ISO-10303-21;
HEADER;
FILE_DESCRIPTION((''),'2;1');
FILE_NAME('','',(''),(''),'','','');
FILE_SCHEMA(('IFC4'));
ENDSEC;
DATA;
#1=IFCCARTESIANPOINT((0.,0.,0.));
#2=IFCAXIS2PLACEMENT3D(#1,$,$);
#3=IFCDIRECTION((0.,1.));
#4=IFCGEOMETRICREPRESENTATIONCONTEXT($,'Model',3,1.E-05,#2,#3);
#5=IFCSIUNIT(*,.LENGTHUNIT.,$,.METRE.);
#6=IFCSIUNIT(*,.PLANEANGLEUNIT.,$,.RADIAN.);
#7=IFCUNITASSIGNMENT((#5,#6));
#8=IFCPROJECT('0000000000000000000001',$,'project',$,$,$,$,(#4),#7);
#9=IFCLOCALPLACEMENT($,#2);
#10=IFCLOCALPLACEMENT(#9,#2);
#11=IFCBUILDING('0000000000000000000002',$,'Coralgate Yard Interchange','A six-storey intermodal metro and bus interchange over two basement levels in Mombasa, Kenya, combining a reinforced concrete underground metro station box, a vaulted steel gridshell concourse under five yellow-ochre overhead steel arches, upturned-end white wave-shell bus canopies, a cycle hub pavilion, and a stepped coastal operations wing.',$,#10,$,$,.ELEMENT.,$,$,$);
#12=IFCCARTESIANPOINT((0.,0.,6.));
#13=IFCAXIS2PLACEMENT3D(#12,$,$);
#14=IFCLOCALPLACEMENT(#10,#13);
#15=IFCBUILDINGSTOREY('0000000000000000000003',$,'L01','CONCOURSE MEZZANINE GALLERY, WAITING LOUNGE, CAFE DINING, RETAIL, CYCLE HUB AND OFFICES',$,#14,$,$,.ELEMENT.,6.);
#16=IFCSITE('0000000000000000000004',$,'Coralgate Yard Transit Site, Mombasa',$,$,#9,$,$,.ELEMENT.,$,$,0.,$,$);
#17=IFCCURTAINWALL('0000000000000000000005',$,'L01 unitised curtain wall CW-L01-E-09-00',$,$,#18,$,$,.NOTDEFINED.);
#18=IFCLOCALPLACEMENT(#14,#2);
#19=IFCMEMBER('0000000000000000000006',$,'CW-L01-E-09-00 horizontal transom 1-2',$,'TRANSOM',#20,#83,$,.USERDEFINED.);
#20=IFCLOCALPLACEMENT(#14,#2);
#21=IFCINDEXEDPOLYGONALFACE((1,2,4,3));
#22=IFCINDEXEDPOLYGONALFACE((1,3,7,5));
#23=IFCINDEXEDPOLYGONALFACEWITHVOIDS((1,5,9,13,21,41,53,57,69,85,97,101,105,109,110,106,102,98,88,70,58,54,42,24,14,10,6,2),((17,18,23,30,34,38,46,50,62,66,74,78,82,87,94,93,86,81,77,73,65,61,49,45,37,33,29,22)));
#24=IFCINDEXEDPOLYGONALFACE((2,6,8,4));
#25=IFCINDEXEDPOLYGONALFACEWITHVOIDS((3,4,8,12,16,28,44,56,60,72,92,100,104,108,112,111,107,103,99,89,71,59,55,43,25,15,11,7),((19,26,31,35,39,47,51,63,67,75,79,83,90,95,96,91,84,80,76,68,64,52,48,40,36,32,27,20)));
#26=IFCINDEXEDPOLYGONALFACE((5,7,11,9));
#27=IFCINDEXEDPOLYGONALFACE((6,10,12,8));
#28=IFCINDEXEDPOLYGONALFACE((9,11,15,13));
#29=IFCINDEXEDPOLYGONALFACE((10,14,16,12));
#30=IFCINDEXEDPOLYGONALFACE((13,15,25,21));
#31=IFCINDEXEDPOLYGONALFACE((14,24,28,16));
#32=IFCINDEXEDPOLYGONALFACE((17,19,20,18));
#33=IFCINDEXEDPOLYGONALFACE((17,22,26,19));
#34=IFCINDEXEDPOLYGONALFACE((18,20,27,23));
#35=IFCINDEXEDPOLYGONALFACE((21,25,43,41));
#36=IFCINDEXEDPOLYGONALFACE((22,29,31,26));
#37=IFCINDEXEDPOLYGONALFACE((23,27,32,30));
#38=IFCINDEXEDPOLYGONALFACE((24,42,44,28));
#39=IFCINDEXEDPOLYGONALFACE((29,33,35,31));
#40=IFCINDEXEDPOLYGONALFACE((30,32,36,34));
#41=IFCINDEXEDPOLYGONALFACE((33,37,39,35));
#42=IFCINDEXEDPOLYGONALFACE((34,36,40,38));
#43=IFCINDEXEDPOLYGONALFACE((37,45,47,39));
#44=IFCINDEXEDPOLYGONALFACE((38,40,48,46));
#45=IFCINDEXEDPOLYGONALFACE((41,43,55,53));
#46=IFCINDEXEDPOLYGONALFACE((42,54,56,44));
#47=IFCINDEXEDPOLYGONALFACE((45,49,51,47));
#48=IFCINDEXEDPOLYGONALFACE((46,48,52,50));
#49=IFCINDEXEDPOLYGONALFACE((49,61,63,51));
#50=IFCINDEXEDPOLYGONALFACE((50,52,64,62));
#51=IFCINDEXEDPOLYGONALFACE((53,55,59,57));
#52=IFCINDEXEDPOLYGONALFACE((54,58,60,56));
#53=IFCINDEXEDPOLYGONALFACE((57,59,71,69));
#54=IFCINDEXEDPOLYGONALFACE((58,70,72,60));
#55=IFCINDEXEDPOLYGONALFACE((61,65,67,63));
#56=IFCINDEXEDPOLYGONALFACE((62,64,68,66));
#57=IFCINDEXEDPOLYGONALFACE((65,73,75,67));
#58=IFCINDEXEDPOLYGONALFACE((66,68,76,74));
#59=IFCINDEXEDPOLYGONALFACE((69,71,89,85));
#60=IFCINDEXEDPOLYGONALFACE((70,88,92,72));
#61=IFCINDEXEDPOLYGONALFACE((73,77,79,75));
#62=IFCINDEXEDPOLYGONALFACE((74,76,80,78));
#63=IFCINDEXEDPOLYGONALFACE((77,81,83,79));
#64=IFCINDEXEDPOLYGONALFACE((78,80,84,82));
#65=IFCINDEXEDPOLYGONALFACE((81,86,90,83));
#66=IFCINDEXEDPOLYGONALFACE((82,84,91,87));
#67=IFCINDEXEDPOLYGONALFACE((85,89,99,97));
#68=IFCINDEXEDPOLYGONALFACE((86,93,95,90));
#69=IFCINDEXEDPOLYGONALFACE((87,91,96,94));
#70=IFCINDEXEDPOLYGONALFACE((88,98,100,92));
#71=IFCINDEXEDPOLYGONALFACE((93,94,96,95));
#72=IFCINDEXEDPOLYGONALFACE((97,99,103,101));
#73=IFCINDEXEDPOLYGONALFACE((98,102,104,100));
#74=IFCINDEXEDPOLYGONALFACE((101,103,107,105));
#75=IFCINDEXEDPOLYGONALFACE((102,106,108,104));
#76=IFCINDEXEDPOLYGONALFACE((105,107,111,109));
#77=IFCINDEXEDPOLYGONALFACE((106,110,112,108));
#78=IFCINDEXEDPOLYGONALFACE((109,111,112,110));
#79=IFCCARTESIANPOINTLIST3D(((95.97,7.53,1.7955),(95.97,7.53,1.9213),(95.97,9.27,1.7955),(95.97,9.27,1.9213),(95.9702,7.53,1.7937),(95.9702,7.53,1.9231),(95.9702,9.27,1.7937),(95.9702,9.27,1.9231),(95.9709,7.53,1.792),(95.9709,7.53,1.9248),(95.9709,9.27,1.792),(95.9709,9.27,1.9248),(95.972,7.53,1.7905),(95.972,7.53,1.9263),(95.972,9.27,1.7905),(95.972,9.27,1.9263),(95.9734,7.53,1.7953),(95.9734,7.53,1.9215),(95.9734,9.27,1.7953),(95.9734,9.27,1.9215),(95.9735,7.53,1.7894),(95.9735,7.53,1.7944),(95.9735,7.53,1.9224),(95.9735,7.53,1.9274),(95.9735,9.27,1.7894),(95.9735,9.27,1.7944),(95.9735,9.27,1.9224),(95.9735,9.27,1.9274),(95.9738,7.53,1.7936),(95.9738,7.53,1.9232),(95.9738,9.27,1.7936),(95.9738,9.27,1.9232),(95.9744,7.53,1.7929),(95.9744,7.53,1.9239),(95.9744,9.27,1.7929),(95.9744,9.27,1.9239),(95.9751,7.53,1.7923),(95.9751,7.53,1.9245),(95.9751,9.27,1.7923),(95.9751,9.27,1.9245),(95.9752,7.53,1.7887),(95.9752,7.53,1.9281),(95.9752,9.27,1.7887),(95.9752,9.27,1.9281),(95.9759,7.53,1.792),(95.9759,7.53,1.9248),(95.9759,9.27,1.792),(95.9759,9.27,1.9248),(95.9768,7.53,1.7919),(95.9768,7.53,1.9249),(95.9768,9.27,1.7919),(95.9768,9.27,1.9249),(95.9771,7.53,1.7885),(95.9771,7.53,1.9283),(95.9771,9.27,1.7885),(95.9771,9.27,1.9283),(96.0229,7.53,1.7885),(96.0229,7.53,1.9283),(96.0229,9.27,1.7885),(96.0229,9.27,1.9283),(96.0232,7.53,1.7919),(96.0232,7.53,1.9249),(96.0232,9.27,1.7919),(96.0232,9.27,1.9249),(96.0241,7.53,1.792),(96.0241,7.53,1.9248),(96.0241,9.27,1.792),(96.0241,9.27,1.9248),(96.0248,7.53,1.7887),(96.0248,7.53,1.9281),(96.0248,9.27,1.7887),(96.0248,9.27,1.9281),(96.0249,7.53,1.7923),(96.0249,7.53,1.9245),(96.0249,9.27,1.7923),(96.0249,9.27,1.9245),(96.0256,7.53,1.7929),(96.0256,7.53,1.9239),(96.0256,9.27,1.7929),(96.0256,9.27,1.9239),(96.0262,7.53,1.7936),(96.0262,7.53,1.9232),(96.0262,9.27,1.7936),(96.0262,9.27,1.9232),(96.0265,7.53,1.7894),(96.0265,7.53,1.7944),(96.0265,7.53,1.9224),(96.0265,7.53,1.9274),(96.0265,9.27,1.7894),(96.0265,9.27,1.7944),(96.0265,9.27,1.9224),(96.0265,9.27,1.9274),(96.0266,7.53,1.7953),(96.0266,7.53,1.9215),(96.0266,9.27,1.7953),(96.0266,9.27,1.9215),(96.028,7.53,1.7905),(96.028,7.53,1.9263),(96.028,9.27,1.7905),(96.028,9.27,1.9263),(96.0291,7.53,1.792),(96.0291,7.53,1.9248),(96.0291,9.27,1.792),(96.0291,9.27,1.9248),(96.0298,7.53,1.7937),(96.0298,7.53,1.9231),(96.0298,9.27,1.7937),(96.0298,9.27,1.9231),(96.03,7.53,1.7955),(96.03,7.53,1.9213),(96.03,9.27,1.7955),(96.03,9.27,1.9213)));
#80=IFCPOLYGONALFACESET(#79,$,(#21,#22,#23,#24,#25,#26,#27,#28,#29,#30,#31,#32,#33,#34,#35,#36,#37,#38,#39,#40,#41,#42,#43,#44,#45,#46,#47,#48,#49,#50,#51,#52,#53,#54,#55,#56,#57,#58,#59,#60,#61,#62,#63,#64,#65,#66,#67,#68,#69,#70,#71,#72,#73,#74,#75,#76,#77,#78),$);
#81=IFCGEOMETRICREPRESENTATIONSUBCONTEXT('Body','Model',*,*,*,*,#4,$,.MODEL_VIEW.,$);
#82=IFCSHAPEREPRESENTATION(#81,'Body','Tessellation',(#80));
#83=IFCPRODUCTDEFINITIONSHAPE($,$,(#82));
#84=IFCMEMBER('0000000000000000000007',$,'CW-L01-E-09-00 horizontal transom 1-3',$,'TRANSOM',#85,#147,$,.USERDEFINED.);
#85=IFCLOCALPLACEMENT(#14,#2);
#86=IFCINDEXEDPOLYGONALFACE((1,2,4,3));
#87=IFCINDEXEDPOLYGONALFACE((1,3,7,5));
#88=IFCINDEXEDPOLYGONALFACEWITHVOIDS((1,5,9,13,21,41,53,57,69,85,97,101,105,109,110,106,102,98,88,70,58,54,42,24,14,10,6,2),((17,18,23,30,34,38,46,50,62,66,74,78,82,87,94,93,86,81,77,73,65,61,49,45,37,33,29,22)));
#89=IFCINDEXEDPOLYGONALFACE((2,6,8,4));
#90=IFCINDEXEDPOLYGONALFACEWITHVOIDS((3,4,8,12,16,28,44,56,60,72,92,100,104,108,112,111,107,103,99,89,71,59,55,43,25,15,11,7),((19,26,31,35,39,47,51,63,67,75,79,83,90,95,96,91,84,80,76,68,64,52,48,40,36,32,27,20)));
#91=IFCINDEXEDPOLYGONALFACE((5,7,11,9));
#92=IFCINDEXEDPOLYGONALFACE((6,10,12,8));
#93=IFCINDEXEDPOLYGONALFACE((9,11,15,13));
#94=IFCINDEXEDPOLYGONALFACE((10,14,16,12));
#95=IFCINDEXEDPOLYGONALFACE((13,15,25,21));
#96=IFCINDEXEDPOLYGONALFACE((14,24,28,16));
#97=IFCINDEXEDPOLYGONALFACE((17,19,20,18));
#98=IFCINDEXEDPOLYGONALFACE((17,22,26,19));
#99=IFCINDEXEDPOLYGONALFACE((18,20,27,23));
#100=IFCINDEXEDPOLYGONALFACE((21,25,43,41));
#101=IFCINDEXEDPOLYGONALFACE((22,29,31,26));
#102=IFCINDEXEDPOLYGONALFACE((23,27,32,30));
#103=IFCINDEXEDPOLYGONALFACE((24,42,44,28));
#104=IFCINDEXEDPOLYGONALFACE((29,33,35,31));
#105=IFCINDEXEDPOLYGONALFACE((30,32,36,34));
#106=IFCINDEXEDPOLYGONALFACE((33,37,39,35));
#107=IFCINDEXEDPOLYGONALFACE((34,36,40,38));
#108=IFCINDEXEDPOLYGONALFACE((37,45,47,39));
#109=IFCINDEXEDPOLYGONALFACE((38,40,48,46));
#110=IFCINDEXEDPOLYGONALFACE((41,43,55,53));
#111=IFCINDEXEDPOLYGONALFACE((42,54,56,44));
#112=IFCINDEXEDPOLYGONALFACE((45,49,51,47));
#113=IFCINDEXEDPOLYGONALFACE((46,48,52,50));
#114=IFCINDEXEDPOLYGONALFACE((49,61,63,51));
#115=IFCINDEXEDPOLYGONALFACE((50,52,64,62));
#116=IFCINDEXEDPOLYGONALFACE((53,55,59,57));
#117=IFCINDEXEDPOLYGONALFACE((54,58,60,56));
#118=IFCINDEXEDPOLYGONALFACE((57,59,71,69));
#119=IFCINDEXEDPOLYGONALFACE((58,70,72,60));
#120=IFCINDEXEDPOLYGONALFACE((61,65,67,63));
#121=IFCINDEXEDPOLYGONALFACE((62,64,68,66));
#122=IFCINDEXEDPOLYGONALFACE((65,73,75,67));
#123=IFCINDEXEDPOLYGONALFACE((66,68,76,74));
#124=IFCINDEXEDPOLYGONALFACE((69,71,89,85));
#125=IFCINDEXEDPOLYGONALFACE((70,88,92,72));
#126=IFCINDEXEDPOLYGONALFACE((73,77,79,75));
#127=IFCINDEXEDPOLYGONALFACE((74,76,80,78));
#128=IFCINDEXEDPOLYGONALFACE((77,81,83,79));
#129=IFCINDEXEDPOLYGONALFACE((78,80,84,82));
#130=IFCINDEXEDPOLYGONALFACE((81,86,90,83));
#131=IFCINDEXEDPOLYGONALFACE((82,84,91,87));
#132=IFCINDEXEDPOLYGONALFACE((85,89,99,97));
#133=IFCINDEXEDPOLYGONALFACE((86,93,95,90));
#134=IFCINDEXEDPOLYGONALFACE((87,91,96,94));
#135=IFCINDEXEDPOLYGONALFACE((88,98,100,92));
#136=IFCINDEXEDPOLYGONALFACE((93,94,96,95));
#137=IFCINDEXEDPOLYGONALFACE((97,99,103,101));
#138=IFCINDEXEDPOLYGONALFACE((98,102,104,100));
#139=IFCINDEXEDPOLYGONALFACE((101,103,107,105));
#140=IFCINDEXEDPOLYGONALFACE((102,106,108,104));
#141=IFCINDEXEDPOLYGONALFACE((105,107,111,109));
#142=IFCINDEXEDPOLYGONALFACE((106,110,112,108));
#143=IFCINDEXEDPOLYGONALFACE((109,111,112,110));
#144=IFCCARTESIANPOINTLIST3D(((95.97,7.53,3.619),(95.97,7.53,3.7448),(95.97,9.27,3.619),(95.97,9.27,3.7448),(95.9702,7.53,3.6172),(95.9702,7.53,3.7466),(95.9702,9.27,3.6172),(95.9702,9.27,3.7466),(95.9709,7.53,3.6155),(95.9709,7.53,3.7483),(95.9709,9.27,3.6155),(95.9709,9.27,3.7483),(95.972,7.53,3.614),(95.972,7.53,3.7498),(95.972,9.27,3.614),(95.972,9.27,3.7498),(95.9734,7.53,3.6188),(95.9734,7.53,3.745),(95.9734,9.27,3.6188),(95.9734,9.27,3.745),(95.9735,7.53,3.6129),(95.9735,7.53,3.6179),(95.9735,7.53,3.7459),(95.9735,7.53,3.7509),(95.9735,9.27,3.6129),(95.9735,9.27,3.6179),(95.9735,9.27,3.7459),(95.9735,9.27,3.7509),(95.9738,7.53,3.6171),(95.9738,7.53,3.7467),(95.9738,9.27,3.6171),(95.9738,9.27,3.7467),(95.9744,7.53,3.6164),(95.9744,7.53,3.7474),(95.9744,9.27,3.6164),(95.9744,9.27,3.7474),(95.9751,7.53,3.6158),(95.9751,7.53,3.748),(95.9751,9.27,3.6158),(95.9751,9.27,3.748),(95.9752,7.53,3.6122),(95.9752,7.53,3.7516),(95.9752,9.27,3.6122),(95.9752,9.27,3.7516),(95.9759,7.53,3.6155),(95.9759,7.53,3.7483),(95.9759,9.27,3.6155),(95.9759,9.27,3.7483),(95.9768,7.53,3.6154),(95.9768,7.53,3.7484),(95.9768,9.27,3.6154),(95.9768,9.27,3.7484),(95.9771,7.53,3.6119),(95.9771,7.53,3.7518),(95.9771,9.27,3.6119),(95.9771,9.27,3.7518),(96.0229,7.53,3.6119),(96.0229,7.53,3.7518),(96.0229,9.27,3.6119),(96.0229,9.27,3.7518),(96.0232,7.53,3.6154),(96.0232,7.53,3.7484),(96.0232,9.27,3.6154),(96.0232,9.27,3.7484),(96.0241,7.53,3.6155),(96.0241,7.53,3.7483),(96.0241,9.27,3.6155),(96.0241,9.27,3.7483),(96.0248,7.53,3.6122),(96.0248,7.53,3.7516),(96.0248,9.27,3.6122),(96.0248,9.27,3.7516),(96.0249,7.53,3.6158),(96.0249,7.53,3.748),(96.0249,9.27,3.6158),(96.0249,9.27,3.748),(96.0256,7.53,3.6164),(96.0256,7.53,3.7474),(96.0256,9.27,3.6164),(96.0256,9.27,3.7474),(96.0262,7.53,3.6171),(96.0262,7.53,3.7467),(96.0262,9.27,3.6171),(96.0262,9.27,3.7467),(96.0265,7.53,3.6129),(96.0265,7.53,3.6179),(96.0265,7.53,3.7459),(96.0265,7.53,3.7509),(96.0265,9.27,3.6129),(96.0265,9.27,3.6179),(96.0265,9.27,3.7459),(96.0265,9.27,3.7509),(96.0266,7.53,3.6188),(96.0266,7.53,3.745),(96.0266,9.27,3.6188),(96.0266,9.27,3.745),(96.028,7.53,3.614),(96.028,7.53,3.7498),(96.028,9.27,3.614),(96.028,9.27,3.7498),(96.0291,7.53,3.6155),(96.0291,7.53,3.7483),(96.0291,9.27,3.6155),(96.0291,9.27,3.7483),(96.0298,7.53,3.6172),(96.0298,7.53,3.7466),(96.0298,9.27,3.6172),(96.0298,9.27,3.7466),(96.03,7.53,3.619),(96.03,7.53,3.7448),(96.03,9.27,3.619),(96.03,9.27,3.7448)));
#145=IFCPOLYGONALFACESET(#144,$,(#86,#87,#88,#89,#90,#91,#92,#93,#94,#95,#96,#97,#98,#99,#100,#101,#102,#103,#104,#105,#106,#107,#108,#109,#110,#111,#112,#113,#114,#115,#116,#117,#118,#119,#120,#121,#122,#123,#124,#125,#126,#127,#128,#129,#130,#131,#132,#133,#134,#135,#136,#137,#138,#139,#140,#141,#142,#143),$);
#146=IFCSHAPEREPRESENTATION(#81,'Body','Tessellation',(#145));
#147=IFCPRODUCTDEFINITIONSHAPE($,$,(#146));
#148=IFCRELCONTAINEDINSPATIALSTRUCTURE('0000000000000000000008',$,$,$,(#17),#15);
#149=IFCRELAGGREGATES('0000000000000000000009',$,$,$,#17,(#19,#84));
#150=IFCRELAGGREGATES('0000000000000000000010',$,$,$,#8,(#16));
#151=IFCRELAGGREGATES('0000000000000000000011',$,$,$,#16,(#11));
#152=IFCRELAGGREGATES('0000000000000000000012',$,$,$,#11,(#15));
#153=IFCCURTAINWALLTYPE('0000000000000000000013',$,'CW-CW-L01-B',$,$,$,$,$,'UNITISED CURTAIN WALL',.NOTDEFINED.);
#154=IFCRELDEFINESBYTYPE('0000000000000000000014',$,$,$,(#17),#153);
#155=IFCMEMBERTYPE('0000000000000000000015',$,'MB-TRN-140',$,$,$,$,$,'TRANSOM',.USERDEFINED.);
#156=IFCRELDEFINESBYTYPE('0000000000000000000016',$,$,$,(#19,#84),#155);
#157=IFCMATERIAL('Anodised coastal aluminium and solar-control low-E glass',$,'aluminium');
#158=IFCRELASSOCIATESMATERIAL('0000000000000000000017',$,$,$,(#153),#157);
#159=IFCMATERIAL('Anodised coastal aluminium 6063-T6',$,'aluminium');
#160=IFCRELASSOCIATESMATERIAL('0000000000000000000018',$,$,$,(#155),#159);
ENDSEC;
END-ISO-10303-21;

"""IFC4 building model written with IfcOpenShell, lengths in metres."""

from ifc_helpers import new_model, si_unit, direction, frame, origin, origin_2d, place, context, subcontext, project, spatial, hollow_rectangle, extrude, material, material_profile, profile_set, type_object, element, aggregate, save


model = new_model("IFC4")

# Units and contexts
model_context = context("Model", 3, precision=1e-05, world=origin(), true_north=direction((0.0, 1.0)))
body_context = subcontext(model_context, "Body", "Model", "MODEL_VIEW")
ifc_project = project(units=[si_unit("LENGTHUNIT", "METRE"), si_unit("PLANEANGLEUNIT", "RADIAN")], contexts=[model_context])

# Site, building, storey
site_placement = place(None, origin())
site = spatial("IfcSite", under=ifc_project, at=site_placement, Name="Coralgate Yard Transit Site, Mombasa", CompositionType="ELEMENT", RefElevation=0.0)
building_placement = place(site_placement, origin())
building = spatial("IfcBuilding", under=site, at=building_placement, Name="Coralgate Yard Interchange", Description="A six-storey intermodal metro and bus interchange over two basement levels in Mombasa, Kenya, combining a reinforced concrete underground metro station box, a vaulted steel gridshell concourse under five yellow-ochre overhead steel arches, upturned-end white wave-shell bus canopies, a cycle hub pavilion, and a stepped coastal operations wing.", CompositionType="ELEMENT")
storey_placement = place(building_placement, frame((0.0, 0.0, 6.0)))
storey = spatial("IfcBuildingStorey", under=building, at=storey_placement, Name="L01", Description="CONCOURSE MEZZANINE GALLERY, WAITING LOUNGE, CAFE DINING, RETAIL, CYCLE HUB AND OFFICES", CompositionType="ELEMENT", Elevation=6.0)

# Curtain wall
ifc_material_1 = material(Name="Anodised coastal aluminium and solar-control low-E glass", Category="aluminium")
curtain_wall_type = type_object("IfcCurtainWallType", Name="CW-CW-L01-B", ElementType="UNITISED CURTAIN WALL", PredefinedType="NOTDEFINED", material=ifc_material_1)
curtain_wall_1_placement = place(storey_placement, origin())
curtain_wall_1 = element("IfcCurtainWall", 1, at=curtain_wall_1_placement, inside=storey, type_object=curtain_wall_type, Name="L01 unitised curtain wall CW-L01-E-09-00", PredefinedType="NOTDEFINED")
ifc_material_2 = material(Name="Anodised coastal aluminium 6063-T6", Category="aluminium")

# Members
ifc_material_profile_1 = material_profile(ifc_material_2, hollow_rectangle(XDim=0.0601, YDim=0.1399, WallThickness=0.0034, InnerFilletRadius=0.0034, OuterFilletRadius=0.0071, at=origin_2d()), Name="ALU 60x140x3.5")
ifc_profile_set_1 = profile_set([ifc_material_profile_1], Name="Anodised coastal aluminium 6063-T6")
member_type_1 = type_object("IfcMemberType", Name="MB-TRN-140", ElementType="TRANSOM", PredefinedType="USERDEFINED", material=ifc_profile_set_1)
member_1_placement = place(storey_placement, frame((96.0, 9.27, 1.8584), z_axis=(0.0, -1.0, 0.0), x_axis=(1.0, 0.0, 0.0)))
member_1 = element("IfcMember", 2, at=member_1_placement, type_object=member_type_1, Name="CW-L01-E-09-00 horizontal transom 1-2", ObjectType="TRANSOM", PredefinedType="USERDEFINED", context=body_context, shape_type="SweptSolid", body=[
    extrude(hollow_rectangle(XDim=0.0601, YDim=0.1399, WallThickness=0.0034, InnerFilletRadius=0.0034, OuterFilletRadius=0.0071, at=origin_2d()), origin(), (0.0, 0.0, 1.0), 1.74),
])
member_2_placement = place(storey_placement, frame((96.0, 9.27, 3.6819), z_axis=(0.0, -1.0, 0.0), x_axis=(1.0, 0.0, 0.0)))
member_2 = element("IfcMember", 3, at=member_2_placement, type_object=member_type_1, Name="CW-L01-E-09-00 horizontal transom 1-3", ObjectType="TRANSOM", PredefinedType="USERDEFINED", context=body_context, shape_type="SweptSolid", body=[
    extrude(hollow_rectangle(XDim=0.0601, YDim=0.1399, WallThickness=0.0034, InnerFilletRadius=0.0034, OuterFilletRadius=0.0071, at=origin_2d()), origin(), (0.0, 0.0, 1.0), 1.74),
])

aggregate(curtain_wall_1, [member_1, member_2])

save(model, "model.ifc")
